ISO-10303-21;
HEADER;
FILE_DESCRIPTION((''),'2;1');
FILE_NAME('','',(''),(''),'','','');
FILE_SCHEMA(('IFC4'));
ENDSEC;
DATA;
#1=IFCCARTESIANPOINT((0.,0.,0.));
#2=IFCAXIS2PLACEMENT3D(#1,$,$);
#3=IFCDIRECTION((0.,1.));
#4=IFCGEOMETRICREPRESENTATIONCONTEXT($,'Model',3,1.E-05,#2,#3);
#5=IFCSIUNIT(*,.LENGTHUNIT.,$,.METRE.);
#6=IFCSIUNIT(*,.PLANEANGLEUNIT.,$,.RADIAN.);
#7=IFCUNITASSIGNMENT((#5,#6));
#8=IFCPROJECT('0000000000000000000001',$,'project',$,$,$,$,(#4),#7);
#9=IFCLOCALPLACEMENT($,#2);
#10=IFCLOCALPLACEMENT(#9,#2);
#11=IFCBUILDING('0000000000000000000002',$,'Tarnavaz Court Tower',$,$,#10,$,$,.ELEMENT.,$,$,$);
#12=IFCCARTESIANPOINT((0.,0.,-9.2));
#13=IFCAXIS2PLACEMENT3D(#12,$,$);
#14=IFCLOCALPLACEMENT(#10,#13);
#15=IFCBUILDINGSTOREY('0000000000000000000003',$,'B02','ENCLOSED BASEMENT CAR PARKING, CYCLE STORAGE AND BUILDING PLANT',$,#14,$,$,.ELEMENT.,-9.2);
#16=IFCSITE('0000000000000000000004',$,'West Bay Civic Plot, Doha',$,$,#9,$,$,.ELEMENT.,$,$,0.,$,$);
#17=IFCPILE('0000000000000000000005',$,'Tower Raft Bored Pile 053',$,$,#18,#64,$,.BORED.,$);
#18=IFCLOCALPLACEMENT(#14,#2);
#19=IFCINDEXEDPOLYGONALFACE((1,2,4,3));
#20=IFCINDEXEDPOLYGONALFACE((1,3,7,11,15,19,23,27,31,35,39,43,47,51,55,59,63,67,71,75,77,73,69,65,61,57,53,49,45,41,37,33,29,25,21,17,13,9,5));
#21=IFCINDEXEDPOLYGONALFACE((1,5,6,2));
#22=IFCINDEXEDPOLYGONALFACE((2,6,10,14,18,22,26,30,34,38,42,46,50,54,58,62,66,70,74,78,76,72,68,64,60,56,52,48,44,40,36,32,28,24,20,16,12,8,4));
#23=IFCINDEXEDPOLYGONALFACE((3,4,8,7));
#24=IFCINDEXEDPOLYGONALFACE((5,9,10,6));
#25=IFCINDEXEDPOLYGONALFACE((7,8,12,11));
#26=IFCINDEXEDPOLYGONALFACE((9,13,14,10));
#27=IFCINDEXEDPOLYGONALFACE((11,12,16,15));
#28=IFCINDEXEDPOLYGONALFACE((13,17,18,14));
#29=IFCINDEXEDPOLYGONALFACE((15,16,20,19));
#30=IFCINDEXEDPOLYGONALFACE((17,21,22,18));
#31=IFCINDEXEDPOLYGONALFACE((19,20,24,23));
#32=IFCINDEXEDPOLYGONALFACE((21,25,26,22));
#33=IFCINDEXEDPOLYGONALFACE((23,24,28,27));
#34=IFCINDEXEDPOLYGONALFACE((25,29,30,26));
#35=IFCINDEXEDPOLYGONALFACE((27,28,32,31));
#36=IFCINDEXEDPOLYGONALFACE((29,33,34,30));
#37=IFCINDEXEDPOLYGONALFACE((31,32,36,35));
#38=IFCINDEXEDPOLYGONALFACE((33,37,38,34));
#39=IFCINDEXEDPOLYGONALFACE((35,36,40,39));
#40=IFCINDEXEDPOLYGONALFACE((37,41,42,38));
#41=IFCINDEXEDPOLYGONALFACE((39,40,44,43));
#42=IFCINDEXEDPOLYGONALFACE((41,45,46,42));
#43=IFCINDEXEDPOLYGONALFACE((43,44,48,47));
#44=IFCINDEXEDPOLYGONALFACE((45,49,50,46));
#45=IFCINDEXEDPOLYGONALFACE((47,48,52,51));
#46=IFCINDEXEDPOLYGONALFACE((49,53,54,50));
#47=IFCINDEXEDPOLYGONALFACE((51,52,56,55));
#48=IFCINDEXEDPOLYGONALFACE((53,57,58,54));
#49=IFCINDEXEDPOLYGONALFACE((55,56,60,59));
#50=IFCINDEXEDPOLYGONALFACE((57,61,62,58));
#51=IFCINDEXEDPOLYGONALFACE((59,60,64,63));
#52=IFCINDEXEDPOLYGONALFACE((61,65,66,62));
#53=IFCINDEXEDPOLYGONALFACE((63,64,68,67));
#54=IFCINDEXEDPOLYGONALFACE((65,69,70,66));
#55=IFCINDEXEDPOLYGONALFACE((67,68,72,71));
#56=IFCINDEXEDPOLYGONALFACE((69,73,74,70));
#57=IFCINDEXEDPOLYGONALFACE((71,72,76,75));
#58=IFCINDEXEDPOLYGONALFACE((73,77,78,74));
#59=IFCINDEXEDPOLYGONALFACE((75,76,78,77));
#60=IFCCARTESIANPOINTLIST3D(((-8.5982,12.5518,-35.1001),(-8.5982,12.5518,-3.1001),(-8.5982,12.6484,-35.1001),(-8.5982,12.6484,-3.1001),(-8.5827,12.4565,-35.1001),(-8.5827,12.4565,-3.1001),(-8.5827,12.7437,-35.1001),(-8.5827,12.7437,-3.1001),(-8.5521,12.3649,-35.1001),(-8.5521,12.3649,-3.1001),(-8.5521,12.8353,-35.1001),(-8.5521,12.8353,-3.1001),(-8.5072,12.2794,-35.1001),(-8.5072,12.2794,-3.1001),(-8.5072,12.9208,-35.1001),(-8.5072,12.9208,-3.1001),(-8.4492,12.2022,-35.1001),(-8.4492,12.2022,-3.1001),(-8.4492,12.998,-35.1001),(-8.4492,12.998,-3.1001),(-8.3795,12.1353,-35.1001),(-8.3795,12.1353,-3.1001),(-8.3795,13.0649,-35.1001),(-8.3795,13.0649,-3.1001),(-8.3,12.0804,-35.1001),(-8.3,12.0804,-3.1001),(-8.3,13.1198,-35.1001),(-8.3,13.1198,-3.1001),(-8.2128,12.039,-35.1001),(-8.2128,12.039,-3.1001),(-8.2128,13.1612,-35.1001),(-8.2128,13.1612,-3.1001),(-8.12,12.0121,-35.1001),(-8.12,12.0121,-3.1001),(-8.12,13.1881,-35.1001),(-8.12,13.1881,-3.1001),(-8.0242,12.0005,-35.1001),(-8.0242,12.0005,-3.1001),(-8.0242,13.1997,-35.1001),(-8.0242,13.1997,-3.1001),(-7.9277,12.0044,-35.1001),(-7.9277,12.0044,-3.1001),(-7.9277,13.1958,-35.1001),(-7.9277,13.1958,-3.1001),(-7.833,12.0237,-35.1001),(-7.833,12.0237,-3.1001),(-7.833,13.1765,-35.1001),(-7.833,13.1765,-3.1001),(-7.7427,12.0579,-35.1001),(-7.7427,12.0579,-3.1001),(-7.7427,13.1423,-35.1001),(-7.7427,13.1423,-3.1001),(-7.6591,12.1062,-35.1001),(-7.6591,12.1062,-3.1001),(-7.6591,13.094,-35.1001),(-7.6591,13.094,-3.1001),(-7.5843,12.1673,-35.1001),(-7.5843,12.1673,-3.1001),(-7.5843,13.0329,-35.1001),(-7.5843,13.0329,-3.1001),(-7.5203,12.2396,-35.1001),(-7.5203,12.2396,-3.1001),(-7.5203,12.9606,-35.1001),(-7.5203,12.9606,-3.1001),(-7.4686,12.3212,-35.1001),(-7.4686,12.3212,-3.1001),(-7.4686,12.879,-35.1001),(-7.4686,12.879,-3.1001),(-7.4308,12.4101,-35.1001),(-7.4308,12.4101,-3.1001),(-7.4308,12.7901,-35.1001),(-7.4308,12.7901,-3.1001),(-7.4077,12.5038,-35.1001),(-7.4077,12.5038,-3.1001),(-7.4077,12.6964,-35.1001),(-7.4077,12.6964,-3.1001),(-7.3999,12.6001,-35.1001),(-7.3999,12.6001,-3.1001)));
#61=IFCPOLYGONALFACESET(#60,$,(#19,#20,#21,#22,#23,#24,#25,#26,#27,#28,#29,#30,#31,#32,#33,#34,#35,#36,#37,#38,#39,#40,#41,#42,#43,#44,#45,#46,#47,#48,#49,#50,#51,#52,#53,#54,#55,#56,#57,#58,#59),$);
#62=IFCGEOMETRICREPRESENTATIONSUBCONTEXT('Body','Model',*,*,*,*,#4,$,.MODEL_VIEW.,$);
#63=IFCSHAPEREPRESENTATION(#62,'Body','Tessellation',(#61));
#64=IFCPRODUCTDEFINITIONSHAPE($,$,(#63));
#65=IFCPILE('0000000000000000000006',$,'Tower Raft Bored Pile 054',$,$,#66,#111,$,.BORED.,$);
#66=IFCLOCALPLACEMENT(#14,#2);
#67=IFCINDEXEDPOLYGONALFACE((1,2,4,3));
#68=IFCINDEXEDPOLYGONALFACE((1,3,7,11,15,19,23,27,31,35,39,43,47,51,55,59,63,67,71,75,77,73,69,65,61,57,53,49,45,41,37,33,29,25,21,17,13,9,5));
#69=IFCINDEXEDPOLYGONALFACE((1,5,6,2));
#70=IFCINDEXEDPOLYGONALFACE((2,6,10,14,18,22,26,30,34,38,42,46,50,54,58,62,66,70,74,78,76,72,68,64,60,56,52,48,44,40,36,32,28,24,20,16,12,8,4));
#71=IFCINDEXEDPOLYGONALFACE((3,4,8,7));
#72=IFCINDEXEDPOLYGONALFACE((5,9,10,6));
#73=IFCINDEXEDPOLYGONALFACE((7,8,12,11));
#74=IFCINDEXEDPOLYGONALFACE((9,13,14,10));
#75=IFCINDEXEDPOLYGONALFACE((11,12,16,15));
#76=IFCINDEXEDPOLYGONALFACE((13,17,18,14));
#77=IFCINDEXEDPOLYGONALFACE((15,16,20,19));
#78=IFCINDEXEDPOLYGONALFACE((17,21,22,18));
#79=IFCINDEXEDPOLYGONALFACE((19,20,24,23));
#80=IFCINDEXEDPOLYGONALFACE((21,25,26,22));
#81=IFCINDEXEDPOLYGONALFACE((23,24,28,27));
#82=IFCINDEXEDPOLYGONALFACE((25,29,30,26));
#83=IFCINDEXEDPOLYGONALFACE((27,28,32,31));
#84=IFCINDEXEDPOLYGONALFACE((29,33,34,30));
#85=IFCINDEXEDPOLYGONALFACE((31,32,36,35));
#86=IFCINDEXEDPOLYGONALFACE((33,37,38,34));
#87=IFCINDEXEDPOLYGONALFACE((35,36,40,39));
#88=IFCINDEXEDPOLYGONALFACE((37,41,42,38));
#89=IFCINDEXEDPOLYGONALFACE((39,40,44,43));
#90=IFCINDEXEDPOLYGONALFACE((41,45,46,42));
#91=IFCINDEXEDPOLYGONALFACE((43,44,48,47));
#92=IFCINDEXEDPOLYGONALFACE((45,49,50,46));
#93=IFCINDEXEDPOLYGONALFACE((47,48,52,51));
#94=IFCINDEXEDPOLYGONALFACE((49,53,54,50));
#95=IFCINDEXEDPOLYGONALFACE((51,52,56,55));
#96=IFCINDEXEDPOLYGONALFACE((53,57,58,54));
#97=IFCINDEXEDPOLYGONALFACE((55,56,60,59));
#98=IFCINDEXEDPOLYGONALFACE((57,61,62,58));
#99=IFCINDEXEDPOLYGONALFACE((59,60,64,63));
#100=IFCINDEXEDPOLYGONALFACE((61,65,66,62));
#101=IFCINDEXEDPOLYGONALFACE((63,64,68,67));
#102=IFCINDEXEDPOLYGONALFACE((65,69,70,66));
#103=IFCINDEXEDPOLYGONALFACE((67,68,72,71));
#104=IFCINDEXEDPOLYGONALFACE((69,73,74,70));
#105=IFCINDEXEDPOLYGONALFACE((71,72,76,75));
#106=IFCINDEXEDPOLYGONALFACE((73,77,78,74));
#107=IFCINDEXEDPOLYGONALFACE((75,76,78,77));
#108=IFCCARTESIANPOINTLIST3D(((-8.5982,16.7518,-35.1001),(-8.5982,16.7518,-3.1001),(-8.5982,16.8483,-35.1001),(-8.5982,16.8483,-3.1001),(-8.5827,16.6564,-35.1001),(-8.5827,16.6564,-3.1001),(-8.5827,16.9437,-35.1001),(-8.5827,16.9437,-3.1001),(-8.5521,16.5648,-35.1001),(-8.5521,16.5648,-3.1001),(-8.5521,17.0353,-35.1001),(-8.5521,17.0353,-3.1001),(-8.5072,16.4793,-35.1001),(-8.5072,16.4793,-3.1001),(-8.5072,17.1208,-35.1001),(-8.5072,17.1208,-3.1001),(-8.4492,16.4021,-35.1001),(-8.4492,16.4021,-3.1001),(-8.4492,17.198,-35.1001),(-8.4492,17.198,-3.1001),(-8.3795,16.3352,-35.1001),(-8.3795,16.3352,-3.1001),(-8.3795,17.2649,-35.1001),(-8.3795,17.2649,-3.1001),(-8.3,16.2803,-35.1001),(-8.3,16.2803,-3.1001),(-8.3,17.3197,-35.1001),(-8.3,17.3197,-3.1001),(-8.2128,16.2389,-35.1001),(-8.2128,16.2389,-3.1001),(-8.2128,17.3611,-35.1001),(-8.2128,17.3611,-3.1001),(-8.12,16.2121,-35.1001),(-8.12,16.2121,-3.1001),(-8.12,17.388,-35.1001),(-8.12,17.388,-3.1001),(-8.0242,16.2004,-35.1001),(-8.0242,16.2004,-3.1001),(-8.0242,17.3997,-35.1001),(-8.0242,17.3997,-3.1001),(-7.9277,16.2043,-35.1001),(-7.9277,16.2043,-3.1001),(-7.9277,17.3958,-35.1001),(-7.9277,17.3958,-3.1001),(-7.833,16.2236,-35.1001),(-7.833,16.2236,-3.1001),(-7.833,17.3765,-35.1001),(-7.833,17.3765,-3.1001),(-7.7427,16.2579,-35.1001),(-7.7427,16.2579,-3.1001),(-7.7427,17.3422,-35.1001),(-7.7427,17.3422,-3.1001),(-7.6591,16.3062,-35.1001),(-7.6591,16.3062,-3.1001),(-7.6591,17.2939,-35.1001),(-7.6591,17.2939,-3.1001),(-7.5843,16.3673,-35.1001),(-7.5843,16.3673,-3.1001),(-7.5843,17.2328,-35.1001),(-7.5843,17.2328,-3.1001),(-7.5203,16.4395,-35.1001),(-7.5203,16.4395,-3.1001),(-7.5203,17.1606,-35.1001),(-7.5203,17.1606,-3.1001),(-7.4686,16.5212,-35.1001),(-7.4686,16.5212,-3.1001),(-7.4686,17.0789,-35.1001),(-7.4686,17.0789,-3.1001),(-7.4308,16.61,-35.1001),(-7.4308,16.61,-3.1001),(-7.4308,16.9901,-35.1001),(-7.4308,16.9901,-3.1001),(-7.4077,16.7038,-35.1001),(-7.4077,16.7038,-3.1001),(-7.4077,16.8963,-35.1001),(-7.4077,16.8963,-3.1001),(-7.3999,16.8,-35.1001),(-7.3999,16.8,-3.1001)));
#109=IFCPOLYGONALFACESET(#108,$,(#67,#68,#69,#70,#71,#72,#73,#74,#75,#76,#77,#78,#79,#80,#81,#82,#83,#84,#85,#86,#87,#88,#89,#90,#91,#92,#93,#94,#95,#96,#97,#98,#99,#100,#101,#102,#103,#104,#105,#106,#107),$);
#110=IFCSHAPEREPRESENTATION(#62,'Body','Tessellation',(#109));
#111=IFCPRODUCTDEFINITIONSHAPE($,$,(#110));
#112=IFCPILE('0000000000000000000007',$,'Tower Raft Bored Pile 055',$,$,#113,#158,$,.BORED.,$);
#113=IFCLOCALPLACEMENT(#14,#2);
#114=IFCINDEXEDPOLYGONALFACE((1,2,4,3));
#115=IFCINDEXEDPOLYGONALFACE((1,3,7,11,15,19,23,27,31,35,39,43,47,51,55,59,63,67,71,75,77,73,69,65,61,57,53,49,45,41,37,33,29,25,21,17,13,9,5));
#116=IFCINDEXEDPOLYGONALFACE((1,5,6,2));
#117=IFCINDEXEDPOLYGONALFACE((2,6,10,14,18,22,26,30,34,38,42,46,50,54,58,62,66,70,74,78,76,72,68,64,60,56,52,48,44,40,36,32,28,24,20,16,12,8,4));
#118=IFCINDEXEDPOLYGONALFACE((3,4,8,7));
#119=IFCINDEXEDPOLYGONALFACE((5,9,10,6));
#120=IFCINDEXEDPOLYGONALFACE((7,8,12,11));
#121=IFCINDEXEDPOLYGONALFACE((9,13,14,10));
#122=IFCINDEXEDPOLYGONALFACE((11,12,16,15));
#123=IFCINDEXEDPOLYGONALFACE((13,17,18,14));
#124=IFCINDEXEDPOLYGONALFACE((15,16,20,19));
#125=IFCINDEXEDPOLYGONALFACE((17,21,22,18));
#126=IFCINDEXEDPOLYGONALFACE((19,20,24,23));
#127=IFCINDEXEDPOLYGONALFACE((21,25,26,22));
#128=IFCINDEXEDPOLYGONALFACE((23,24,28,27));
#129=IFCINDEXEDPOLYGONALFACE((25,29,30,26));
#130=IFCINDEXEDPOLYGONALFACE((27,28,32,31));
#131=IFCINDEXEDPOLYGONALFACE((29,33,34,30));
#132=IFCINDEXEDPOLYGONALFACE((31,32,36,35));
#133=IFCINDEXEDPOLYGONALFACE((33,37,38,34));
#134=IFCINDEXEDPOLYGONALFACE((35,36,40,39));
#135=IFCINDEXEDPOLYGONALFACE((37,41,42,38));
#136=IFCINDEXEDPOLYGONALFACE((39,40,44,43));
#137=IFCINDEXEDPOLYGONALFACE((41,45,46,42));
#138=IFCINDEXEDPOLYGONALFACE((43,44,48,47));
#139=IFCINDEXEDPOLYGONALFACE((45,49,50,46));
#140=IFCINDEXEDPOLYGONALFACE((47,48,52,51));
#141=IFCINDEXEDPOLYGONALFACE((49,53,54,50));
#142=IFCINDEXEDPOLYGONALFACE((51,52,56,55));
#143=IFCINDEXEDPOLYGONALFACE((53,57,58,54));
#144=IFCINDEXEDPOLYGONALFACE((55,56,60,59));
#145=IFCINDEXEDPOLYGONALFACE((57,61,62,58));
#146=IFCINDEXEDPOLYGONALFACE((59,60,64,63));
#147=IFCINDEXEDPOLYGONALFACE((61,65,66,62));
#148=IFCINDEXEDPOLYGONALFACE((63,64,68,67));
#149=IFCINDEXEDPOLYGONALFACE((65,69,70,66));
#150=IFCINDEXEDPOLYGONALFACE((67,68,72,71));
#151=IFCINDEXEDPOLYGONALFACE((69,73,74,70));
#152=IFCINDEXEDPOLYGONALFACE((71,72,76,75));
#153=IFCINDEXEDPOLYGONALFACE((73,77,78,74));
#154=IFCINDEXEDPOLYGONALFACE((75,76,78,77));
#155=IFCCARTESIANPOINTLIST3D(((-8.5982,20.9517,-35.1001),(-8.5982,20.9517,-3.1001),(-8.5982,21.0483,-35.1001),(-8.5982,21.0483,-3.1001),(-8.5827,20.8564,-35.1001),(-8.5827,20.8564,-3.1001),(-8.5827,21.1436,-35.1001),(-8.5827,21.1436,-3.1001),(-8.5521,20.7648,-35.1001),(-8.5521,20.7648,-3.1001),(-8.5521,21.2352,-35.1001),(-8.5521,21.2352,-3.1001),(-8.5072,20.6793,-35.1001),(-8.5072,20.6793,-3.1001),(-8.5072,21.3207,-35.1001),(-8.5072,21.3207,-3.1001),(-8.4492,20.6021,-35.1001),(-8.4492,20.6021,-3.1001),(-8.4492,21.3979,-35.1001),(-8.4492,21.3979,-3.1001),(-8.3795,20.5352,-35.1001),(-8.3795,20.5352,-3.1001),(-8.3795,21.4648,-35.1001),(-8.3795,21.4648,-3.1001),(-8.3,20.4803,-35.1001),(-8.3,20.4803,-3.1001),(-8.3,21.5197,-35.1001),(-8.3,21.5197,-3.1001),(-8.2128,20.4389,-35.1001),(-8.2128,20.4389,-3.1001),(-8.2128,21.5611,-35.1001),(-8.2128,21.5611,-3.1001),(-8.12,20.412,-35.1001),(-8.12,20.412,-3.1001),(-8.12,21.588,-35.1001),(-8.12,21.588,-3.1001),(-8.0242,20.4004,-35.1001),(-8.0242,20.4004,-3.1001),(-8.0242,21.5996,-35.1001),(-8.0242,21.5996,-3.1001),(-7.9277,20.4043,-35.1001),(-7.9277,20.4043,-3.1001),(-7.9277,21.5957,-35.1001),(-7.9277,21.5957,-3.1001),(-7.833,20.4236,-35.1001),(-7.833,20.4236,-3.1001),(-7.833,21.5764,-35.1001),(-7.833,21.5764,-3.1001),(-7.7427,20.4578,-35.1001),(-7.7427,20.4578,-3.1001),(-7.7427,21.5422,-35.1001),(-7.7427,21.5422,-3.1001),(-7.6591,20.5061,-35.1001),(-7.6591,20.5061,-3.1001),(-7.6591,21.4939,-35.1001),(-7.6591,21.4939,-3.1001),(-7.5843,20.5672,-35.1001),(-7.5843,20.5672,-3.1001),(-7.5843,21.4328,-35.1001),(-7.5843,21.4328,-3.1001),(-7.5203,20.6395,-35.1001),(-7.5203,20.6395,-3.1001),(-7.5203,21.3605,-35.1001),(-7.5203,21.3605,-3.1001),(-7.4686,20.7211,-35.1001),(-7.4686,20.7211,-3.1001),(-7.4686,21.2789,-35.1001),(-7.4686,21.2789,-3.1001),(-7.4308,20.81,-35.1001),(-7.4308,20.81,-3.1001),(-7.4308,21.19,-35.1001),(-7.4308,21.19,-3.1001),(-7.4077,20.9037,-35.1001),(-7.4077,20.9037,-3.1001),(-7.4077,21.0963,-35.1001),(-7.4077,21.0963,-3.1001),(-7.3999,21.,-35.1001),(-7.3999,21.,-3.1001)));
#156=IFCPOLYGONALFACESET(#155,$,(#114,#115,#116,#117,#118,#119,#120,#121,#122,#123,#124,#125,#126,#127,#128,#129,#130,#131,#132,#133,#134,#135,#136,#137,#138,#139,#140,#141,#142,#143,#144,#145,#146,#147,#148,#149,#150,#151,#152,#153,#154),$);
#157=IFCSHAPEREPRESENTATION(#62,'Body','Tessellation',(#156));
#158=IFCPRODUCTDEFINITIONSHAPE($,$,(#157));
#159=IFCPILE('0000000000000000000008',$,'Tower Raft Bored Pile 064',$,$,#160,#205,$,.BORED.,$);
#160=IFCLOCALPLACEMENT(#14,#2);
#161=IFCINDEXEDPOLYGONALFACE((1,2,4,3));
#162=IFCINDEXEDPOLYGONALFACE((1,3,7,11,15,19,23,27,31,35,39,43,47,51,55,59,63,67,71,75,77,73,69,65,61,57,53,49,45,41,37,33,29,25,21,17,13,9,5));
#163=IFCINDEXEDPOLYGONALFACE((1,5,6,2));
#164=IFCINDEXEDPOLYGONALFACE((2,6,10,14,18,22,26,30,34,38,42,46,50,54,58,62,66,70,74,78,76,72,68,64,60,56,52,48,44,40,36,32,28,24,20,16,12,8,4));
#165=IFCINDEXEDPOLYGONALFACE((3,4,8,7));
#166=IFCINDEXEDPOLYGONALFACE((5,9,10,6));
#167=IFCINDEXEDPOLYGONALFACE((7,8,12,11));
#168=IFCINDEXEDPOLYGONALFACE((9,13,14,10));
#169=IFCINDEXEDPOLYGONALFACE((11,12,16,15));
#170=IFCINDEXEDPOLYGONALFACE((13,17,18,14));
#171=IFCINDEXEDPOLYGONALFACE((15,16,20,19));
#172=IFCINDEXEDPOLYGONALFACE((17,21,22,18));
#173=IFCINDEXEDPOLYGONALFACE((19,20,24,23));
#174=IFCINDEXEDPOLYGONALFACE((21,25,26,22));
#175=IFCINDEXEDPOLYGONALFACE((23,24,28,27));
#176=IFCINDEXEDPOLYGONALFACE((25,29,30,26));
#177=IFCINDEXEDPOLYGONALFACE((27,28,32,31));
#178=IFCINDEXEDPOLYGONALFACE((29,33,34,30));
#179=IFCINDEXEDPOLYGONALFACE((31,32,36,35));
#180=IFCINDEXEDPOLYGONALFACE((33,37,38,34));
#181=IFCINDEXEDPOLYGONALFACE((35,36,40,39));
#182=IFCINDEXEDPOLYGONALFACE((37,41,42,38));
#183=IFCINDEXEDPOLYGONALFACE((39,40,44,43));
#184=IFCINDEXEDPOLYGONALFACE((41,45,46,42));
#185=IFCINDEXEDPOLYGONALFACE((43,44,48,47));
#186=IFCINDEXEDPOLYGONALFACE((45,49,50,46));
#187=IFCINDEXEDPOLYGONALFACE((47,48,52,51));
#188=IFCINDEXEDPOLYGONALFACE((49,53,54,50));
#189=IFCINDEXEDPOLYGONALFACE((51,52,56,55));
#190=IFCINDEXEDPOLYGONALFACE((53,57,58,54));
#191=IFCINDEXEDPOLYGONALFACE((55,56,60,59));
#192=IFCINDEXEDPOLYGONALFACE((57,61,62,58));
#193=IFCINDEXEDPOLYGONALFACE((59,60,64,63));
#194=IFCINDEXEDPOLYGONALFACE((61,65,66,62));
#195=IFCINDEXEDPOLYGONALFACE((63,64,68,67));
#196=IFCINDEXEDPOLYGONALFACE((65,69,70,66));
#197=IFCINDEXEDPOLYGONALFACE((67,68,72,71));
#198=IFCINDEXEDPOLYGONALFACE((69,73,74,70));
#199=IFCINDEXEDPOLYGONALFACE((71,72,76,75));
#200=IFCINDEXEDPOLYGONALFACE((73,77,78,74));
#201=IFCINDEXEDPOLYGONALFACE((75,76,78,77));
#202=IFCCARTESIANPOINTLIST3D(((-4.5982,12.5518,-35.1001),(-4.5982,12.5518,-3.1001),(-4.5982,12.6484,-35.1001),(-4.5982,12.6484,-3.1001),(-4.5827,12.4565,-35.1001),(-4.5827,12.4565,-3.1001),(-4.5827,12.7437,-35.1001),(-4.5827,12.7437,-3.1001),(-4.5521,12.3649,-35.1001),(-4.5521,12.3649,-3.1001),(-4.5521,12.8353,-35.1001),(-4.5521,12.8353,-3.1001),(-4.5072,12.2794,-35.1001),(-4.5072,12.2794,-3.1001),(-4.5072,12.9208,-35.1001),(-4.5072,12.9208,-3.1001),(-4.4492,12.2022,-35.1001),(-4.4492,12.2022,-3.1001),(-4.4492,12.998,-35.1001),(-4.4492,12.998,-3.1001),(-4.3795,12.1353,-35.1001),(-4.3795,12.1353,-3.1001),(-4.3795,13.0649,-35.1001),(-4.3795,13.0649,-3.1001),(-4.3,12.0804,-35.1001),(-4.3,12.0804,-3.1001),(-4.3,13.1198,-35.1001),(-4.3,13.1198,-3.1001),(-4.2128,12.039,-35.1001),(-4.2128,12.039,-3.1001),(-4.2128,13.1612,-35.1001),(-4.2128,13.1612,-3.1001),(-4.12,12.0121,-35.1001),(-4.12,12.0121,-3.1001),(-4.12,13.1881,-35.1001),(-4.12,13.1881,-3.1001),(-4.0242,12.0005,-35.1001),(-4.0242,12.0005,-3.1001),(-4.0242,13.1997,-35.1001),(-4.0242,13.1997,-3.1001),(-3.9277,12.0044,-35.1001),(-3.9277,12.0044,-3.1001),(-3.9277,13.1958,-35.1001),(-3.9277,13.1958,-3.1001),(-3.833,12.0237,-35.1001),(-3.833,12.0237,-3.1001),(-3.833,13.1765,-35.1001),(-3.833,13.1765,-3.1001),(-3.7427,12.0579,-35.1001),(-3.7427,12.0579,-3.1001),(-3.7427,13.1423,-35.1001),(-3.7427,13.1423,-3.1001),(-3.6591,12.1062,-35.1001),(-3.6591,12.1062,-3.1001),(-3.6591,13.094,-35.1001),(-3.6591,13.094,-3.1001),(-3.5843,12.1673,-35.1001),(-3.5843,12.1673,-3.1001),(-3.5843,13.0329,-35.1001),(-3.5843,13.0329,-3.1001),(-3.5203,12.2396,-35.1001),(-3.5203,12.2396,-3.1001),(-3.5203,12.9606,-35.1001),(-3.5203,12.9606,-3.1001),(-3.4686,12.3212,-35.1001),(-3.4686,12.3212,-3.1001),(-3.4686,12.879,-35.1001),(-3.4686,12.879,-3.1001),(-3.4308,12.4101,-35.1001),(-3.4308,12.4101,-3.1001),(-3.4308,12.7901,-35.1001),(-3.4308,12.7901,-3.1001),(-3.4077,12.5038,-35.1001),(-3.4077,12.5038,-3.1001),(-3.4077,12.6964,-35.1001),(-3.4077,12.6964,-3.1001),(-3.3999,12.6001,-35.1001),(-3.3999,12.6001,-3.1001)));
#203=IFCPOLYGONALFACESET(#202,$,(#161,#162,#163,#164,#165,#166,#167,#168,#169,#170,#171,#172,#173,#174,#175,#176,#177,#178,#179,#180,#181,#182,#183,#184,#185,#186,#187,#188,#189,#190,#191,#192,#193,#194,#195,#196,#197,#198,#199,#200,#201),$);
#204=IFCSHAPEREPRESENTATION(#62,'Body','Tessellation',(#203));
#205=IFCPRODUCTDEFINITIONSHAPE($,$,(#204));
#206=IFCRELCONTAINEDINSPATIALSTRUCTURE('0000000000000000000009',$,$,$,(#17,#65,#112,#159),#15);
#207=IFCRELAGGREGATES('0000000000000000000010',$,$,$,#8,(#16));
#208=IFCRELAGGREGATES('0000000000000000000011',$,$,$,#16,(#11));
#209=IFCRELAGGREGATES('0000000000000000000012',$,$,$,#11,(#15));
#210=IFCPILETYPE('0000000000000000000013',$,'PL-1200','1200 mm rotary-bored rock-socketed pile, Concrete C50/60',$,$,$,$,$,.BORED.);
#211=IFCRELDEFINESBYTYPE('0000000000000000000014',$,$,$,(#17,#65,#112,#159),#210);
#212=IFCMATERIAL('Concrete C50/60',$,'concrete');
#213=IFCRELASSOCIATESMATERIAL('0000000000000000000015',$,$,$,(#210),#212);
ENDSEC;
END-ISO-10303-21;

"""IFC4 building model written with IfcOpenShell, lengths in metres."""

from ifc_helpers import new_model, si_unit, direction, frame, origin, origin_2d, place, context, subcontext, project, spatial, circle, extrude, material, material_profile, profile_set, type_object, element, save


model = new_model("IFC4")

# Units and contexts
model_context = context("Model", 3, precision=1e-05, world=origin(), true_north=direction((0.0, 1.0)))
body_context = subcontext(model_context, "Body", "Model", "MODEL_VIEW")
ifc_project = project(units=[si_unit("LENGTHUNIT", "METRE"), si_unit("PLANEANGLEUNIT", "RADIAN")], contexts=[model_context])

# Site, building, storey
site_placement = place(None, origin())
site = spatial("IfcSite", under=ifc_project, at=site_placement, Name="West Bay Civic Plot, Doha", CompositionType="ELEMENT", RefElevation=0.0)
building_placement = place(site_placement, origin())
building = spatial("IfcBuilding", under=site, at=building_placement, Name="Tarnavaz Court Tower", CompositionType="ELEMENT")
storey_placement = place(building_placement, frame((0.0, 0.0, -9.2)))
storey = spatial("IfcBuildingStorey", under=building, at=storey_placement, Name="B02", Description="ENCLOSED BASEMENT CAR PARKING, CYCLE STORAGE AND BUILDING PLANT", CompositionType="ELEMENT", Elevation=-9.2)

# Shared definitions
ifc_material_1 = material(Name="Concrete C50/60", Category="concrete")

# Piles
ifc_material_profile_1 = material_profile(ifc_material_1, circle(Radius=0.6001, at=origin_2d()), Name="PILE D1200")
ifc_profile_set_1 = profile_set([ifc_material_profile_1], Name="Concrete C50/60")
pile_type_1 = type_object("IfcPileType", Name="PL-1200", Description="1200 mm rotary-bored rock-socketed pile, Concrete C50/60", PredefinedType="BORED", material=ifc_profile_set_1)
for number, where, z_axis, x_axis, name in (
    (1, (-8.0, 12.6001, -3.1001), (0.0, 0.0, -1.0), (1.0, 0.0, 0.0), "Tower Raft Bored Pile 053"),
    (2, (-8.0, 16.8, -3.1001), (0.0, 0.0, -1.0), (1.0, 0.0, 0.0), "Tower Raft Bored Pile 054"),
    (3, (-8.0, 21.0, -3.1001), (0.0, 0.0, -1.0), (1.0, 0.0, 0.0), "Tower Raft Bored Pile 055"),
    (4, (-4.0, 12.6001, -3.1001), (0.0, 0.0, -1.0), (1.0, 0.0, 0.0), "Tower Raft Bored Pile 064"),
):
    element("IfcPile", number, at=place(storey_placement, frame(where, z_axis=z_axis, x_axis=x_axis)), inside=storey, type_object=pile_type_1, Name=name, PredefinedType="BORED", context=body_context, shape_type="SweptSolid", body=[
        extrude(circle(Radius=0.6001, at=origin_2d()), origin(), (0.0, 0.0, 1.0), 32.0),
    ])

save(model, "model.ifc")
